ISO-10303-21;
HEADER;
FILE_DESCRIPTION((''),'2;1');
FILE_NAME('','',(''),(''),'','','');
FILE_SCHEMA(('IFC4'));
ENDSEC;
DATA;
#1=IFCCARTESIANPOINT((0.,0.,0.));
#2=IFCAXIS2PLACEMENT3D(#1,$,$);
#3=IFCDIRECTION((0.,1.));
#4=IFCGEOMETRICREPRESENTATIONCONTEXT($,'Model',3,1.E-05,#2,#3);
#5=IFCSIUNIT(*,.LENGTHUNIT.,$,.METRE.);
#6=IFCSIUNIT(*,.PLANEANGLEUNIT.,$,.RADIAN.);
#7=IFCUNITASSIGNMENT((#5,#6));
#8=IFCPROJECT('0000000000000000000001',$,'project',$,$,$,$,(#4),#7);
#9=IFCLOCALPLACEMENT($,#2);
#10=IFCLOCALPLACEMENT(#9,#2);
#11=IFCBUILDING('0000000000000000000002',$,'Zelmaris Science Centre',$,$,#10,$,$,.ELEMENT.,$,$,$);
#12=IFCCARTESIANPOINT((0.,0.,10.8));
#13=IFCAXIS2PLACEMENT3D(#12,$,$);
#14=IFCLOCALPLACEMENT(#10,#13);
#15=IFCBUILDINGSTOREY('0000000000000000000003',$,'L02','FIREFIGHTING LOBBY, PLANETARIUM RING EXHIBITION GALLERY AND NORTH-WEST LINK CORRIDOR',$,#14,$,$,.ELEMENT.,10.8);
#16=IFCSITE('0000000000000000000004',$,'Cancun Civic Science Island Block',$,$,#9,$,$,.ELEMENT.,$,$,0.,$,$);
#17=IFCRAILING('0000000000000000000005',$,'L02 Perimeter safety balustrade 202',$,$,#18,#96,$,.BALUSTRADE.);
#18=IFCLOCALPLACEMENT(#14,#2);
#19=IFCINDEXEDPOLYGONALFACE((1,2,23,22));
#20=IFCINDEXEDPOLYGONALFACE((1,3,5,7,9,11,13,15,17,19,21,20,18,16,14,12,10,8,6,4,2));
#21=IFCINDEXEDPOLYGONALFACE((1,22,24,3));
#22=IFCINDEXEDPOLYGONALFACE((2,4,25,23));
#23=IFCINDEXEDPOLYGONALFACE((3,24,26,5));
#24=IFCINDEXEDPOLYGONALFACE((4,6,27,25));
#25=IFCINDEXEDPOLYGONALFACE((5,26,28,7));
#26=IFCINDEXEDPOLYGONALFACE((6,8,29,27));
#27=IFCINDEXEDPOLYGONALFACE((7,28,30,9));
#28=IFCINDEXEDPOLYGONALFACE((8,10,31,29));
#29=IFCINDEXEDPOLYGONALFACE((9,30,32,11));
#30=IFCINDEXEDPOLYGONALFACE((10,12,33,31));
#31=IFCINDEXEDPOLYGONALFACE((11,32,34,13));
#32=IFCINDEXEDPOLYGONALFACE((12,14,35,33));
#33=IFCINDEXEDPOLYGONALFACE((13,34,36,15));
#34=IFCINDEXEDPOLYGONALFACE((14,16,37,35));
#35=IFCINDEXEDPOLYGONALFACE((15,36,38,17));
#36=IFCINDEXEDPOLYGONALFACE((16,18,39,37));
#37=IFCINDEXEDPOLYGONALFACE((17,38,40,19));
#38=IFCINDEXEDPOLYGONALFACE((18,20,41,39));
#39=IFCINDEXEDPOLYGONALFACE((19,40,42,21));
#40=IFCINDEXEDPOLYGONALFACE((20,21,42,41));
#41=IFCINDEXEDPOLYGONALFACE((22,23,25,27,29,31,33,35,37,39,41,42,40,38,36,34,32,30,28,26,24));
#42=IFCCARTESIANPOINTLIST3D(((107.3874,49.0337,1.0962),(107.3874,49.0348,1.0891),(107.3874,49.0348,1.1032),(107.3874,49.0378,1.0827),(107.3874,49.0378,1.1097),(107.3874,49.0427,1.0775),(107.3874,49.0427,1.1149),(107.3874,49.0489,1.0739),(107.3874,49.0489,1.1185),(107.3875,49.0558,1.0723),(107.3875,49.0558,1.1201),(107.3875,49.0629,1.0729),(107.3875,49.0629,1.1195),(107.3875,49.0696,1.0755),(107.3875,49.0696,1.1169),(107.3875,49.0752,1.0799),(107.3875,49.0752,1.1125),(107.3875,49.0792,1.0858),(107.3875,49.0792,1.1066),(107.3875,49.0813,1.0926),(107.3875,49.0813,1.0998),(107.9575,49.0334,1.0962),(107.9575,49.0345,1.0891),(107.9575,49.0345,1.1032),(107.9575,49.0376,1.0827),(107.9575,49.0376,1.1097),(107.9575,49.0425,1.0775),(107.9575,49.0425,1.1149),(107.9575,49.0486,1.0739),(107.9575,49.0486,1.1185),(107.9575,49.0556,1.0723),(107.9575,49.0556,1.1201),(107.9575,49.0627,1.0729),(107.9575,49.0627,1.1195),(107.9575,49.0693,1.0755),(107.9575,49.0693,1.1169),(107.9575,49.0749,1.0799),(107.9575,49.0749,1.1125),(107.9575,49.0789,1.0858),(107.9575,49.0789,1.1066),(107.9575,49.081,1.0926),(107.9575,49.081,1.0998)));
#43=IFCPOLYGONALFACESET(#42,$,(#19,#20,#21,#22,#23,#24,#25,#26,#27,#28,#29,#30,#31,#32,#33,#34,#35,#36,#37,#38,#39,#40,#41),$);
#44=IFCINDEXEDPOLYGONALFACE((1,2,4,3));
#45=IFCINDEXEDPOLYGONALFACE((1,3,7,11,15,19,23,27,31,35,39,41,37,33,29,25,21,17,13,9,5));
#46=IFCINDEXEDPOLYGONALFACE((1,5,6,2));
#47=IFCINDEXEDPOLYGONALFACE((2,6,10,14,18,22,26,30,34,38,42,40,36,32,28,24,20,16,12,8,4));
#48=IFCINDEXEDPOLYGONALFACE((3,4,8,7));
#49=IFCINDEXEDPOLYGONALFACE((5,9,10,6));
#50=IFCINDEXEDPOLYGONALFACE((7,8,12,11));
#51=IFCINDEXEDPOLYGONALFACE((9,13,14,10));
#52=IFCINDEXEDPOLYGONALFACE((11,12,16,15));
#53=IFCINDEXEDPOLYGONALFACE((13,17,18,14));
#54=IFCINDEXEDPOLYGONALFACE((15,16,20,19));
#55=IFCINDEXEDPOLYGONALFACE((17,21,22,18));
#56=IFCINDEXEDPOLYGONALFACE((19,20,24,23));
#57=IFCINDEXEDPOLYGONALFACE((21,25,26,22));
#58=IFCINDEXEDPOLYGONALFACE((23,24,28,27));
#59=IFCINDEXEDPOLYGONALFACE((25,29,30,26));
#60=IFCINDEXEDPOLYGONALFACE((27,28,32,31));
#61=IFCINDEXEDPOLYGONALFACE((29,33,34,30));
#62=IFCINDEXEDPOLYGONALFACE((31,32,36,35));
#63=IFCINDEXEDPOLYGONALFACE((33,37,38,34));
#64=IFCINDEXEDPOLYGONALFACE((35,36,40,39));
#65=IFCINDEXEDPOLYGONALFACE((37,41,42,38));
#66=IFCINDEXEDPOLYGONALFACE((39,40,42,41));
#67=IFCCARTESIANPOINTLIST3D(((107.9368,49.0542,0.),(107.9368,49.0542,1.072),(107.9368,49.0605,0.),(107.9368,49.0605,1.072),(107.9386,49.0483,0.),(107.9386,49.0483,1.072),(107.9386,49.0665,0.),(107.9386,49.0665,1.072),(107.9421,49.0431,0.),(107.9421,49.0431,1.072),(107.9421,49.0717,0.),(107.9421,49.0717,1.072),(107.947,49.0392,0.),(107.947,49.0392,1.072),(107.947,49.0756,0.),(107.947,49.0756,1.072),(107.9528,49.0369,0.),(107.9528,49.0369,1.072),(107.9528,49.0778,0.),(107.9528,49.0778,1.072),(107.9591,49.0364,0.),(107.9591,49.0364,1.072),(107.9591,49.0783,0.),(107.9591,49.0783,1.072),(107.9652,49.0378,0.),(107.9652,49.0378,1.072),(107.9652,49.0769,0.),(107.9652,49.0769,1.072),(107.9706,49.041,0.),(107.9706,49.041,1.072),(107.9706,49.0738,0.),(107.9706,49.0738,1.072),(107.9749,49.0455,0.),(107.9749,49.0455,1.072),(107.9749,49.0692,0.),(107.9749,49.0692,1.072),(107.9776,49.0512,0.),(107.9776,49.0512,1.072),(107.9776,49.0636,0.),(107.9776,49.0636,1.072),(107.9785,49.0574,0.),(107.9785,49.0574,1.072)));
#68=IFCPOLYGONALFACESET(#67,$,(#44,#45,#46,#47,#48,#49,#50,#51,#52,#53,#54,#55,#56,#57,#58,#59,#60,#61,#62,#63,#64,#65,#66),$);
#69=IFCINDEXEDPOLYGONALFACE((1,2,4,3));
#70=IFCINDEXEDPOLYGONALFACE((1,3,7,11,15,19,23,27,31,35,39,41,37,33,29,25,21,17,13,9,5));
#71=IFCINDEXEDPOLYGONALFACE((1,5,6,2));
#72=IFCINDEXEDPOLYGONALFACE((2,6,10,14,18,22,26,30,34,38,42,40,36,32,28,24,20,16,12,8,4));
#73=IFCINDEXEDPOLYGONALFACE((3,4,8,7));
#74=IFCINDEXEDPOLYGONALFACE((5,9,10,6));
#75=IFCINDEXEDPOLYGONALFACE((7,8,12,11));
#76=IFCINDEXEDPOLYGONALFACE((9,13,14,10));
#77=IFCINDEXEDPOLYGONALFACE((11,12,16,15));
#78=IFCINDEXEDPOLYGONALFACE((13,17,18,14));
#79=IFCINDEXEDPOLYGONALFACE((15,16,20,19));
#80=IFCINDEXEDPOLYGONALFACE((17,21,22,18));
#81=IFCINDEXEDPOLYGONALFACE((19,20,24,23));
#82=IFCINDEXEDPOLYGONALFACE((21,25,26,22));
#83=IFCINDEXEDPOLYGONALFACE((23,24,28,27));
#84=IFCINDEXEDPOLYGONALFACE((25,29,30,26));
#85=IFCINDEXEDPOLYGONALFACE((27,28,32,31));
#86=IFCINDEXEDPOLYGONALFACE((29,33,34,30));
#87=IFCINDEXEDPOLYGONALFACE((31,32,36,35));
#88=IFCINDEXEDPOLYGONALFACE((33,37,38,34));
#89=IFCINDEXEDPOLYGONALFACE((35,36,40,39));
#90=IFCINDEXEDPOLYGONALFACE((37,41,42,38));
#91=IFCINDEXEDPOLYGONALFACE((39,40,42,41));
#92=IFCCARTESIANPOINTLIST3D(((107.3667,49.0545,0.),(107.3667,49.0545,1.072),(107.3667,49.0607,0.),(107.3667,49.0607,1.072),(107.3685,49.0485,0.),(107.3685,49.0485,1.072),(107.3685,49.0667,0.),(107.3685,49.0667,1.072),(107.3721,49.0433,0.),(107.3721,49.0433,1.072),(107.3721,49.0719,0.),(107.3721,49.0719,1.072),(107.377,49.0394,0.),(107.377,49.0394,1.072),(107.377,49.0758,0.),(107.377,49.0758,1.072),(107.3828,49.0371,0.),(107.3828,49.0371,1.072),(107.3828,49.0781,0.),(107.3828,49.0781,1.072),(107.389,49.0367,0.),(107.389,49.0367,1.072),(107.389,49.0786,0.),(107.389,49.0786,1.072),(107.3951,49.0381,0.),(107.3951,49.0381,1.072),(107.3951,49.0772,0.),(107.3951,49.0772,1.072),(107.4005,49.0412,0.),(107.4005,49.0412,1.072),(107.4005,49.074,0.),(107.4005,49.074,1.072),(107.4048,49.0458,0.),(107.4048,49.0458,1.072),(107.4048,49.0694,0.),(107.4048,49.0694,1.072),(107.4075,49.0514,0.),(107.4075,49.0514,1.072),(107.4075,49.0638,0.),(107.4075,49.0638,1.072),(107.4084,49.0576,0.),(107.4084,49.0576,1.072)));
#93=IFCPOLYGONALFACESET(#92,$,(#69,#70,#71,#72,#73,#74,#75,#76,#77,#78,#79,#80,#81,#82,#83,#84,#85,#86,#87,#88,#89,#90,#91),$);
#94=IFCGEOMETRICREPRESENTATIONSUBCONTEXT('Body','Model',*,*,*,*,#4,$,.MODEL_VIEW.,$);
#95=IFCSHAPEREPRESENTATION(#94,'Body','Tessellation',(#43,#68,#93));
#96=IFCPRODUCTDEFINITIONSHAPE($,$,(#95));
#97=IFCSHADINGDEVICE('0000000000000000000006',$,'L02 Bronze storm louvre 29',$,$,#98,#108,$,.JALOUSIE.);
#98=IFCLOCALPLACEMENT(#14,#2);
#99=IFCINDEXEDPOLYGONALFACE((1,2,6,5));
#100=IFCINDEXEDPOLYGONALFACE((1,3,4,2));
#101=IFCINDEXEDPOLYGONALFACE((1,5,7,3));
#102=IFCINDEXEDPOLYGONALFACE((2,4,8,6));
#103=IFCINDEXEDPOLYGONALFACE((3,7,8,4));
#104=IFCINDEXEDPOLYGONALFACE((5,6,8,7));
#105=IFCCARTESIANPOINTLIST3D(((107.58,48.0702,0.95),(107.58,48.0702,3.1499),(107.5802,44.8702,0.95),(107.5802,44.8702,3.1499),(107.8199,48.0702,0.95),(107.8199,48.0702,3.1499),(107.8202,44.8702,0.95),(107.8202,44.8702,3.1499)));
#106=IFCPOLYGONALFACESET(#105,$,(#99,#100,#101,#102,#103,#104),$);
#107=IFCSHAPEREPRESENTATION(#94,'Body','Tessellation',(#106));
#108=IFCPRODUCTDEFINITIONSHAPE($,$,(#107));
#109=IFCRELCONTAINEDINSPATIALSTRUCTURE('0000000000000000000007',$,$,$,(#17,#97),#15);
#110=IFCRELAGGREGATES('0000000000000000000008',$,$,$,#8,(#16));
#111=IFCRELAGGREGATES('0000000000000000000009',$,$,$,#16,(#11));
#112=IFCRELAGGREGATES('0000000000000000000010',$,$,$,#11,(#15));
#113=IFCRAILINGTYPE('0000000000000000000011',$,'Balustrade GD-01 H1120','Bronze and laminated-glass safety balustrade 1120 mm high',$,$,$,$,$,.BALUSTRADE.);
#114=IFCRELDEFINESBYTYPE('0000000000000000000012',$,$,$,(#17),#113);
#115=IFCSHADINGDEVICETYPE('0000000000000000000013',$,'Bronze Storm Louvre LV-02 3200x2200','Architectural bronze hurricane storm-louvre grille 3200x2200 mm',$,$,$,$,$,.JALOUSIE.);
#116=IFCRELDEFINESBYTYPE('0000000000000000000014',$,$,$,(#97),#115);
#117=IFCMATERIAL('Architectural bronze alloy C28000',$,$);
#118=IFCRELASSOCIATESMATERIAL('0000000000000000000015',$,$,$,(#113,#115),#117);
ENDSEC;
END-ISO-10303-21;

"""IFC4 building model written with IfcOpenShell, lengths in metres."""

from ifc_helpers import new_model, si_unit, direction, frame, frame_2d, origin, origin_2d, place, context, subcontext, project, spatial, rectangle, circle, extrude, material, type_object, element, save


model = new_model("IFC4")

# Units and contexts
model_context = context("Model", 3, precision=1e-05, world=origin(), true_north=direction((0.0, 1.0)))
body_context = subcontext(model_context, "Body", "Model", "MODEL_VIEW")
ifc_project = project(units=[si_unit("LENGTHUNIT", "METRE"), si_unit("PLANEANGLEUNIT", "RADIAN")], contexts=[model_context])

# Site, building, storey
site_placement = place(None, origin())
site = spatial("IfcSite", under=ifc_project, at=site_placement, Name="Cancun Civic Science Island Block", CompositionType="ELEMENT", RefElevation=0.0)
building_placement = place(site_placement, origin())
building = spatial("IfcBuilding", under=site, at=building_placement, Name="Zelmaris Science Centre", CompositionType="ELEMENT")
storey_placement = place(building_placement, frame((0.0, 0.0, 10.8)))
storey = spatial("IfcBuildingStorey", under=building, at=storey_placement, Name="L02", Description="FIREFIGHTING LOBBY, PLANETARIUM RING EXHIBITION GALLERY AND NORTH-WEST LINK CORRIDOR", CompositionType="ELEMENT", Elevation=10.8)

# Railing
ifc_material_1 = material(Name="Architectural bronze alloy C28000")
railing_type = type_object("IfcRailingType", Name="Balustrade GD-01 H1120", Description="Bronze and laminated-glass safety balustrade 1120 mm high", PredefinedType="BALUSTRADE", material=ifc_material_1)
railing_placement = place(storey_placement, frame((107.9575, 49.0574, 0.0)))
element("IfcRailing", 1, at=railing_placement, inside=storey, type_object=railing_type, Name="L02 Perimeter safety balustrade 202", PredefinedType="BALUSTRADE", context=body_context, shape_type="SweptSolid", body=[
    extrude(circle(Radius=0.0239, at=origin_2d()), frame((0.0, 0.0, 1.0962), z_axis=(-1.0, 0.000428, 0.0), x_axis=(-0.000428, -1.0, 0.0)), (0.0, 0.0, 1.0), 0.5701),
    extrude(circle(Radius=0.021, at=origin_2d()), origin(), (0.0, 0.0, 1.0), 1.072),
    extrude(circle(Radius=0.021, at=origin_2d()), frame((-0.5701, 0.0002, 0.0)), (0.0, 0.0, 1.0), 1.072),
])

# Shading device
shading_device_type = type_object("IfcShadingDeviceType", Name="Bronze Storm Louvre LV-02 3200x2200", Description="Architectural bronze hurricane storm-louvre grille 3200x2200 mm", PredefinedType="JALOUSIE", material=ifc_material_1)
shading_device_placement = place(storey_placement, frame((107.7002, 44.8701, 0.95), z_axis=(0.0, 0.0, 1.0), x_axis=(-0.000076, 1.0, 0.0)))
element("IfcShadingDevice", 2, at=shading_device_placement, inside=storey, type_object=shading_device_type, Name="L02 Bronze storm louvre 29", PredefinedType="JALOUSIE", context=body_context, shape_type="SweptSolid", body=[
    extrude(rectangle(XDim=3.2, YDim=0.24, at=frame_2d((1.6001, 0.0))), origin(), (0.0, 0.0, 1.0), 2.2),
])

save(model, "model.ifc")
